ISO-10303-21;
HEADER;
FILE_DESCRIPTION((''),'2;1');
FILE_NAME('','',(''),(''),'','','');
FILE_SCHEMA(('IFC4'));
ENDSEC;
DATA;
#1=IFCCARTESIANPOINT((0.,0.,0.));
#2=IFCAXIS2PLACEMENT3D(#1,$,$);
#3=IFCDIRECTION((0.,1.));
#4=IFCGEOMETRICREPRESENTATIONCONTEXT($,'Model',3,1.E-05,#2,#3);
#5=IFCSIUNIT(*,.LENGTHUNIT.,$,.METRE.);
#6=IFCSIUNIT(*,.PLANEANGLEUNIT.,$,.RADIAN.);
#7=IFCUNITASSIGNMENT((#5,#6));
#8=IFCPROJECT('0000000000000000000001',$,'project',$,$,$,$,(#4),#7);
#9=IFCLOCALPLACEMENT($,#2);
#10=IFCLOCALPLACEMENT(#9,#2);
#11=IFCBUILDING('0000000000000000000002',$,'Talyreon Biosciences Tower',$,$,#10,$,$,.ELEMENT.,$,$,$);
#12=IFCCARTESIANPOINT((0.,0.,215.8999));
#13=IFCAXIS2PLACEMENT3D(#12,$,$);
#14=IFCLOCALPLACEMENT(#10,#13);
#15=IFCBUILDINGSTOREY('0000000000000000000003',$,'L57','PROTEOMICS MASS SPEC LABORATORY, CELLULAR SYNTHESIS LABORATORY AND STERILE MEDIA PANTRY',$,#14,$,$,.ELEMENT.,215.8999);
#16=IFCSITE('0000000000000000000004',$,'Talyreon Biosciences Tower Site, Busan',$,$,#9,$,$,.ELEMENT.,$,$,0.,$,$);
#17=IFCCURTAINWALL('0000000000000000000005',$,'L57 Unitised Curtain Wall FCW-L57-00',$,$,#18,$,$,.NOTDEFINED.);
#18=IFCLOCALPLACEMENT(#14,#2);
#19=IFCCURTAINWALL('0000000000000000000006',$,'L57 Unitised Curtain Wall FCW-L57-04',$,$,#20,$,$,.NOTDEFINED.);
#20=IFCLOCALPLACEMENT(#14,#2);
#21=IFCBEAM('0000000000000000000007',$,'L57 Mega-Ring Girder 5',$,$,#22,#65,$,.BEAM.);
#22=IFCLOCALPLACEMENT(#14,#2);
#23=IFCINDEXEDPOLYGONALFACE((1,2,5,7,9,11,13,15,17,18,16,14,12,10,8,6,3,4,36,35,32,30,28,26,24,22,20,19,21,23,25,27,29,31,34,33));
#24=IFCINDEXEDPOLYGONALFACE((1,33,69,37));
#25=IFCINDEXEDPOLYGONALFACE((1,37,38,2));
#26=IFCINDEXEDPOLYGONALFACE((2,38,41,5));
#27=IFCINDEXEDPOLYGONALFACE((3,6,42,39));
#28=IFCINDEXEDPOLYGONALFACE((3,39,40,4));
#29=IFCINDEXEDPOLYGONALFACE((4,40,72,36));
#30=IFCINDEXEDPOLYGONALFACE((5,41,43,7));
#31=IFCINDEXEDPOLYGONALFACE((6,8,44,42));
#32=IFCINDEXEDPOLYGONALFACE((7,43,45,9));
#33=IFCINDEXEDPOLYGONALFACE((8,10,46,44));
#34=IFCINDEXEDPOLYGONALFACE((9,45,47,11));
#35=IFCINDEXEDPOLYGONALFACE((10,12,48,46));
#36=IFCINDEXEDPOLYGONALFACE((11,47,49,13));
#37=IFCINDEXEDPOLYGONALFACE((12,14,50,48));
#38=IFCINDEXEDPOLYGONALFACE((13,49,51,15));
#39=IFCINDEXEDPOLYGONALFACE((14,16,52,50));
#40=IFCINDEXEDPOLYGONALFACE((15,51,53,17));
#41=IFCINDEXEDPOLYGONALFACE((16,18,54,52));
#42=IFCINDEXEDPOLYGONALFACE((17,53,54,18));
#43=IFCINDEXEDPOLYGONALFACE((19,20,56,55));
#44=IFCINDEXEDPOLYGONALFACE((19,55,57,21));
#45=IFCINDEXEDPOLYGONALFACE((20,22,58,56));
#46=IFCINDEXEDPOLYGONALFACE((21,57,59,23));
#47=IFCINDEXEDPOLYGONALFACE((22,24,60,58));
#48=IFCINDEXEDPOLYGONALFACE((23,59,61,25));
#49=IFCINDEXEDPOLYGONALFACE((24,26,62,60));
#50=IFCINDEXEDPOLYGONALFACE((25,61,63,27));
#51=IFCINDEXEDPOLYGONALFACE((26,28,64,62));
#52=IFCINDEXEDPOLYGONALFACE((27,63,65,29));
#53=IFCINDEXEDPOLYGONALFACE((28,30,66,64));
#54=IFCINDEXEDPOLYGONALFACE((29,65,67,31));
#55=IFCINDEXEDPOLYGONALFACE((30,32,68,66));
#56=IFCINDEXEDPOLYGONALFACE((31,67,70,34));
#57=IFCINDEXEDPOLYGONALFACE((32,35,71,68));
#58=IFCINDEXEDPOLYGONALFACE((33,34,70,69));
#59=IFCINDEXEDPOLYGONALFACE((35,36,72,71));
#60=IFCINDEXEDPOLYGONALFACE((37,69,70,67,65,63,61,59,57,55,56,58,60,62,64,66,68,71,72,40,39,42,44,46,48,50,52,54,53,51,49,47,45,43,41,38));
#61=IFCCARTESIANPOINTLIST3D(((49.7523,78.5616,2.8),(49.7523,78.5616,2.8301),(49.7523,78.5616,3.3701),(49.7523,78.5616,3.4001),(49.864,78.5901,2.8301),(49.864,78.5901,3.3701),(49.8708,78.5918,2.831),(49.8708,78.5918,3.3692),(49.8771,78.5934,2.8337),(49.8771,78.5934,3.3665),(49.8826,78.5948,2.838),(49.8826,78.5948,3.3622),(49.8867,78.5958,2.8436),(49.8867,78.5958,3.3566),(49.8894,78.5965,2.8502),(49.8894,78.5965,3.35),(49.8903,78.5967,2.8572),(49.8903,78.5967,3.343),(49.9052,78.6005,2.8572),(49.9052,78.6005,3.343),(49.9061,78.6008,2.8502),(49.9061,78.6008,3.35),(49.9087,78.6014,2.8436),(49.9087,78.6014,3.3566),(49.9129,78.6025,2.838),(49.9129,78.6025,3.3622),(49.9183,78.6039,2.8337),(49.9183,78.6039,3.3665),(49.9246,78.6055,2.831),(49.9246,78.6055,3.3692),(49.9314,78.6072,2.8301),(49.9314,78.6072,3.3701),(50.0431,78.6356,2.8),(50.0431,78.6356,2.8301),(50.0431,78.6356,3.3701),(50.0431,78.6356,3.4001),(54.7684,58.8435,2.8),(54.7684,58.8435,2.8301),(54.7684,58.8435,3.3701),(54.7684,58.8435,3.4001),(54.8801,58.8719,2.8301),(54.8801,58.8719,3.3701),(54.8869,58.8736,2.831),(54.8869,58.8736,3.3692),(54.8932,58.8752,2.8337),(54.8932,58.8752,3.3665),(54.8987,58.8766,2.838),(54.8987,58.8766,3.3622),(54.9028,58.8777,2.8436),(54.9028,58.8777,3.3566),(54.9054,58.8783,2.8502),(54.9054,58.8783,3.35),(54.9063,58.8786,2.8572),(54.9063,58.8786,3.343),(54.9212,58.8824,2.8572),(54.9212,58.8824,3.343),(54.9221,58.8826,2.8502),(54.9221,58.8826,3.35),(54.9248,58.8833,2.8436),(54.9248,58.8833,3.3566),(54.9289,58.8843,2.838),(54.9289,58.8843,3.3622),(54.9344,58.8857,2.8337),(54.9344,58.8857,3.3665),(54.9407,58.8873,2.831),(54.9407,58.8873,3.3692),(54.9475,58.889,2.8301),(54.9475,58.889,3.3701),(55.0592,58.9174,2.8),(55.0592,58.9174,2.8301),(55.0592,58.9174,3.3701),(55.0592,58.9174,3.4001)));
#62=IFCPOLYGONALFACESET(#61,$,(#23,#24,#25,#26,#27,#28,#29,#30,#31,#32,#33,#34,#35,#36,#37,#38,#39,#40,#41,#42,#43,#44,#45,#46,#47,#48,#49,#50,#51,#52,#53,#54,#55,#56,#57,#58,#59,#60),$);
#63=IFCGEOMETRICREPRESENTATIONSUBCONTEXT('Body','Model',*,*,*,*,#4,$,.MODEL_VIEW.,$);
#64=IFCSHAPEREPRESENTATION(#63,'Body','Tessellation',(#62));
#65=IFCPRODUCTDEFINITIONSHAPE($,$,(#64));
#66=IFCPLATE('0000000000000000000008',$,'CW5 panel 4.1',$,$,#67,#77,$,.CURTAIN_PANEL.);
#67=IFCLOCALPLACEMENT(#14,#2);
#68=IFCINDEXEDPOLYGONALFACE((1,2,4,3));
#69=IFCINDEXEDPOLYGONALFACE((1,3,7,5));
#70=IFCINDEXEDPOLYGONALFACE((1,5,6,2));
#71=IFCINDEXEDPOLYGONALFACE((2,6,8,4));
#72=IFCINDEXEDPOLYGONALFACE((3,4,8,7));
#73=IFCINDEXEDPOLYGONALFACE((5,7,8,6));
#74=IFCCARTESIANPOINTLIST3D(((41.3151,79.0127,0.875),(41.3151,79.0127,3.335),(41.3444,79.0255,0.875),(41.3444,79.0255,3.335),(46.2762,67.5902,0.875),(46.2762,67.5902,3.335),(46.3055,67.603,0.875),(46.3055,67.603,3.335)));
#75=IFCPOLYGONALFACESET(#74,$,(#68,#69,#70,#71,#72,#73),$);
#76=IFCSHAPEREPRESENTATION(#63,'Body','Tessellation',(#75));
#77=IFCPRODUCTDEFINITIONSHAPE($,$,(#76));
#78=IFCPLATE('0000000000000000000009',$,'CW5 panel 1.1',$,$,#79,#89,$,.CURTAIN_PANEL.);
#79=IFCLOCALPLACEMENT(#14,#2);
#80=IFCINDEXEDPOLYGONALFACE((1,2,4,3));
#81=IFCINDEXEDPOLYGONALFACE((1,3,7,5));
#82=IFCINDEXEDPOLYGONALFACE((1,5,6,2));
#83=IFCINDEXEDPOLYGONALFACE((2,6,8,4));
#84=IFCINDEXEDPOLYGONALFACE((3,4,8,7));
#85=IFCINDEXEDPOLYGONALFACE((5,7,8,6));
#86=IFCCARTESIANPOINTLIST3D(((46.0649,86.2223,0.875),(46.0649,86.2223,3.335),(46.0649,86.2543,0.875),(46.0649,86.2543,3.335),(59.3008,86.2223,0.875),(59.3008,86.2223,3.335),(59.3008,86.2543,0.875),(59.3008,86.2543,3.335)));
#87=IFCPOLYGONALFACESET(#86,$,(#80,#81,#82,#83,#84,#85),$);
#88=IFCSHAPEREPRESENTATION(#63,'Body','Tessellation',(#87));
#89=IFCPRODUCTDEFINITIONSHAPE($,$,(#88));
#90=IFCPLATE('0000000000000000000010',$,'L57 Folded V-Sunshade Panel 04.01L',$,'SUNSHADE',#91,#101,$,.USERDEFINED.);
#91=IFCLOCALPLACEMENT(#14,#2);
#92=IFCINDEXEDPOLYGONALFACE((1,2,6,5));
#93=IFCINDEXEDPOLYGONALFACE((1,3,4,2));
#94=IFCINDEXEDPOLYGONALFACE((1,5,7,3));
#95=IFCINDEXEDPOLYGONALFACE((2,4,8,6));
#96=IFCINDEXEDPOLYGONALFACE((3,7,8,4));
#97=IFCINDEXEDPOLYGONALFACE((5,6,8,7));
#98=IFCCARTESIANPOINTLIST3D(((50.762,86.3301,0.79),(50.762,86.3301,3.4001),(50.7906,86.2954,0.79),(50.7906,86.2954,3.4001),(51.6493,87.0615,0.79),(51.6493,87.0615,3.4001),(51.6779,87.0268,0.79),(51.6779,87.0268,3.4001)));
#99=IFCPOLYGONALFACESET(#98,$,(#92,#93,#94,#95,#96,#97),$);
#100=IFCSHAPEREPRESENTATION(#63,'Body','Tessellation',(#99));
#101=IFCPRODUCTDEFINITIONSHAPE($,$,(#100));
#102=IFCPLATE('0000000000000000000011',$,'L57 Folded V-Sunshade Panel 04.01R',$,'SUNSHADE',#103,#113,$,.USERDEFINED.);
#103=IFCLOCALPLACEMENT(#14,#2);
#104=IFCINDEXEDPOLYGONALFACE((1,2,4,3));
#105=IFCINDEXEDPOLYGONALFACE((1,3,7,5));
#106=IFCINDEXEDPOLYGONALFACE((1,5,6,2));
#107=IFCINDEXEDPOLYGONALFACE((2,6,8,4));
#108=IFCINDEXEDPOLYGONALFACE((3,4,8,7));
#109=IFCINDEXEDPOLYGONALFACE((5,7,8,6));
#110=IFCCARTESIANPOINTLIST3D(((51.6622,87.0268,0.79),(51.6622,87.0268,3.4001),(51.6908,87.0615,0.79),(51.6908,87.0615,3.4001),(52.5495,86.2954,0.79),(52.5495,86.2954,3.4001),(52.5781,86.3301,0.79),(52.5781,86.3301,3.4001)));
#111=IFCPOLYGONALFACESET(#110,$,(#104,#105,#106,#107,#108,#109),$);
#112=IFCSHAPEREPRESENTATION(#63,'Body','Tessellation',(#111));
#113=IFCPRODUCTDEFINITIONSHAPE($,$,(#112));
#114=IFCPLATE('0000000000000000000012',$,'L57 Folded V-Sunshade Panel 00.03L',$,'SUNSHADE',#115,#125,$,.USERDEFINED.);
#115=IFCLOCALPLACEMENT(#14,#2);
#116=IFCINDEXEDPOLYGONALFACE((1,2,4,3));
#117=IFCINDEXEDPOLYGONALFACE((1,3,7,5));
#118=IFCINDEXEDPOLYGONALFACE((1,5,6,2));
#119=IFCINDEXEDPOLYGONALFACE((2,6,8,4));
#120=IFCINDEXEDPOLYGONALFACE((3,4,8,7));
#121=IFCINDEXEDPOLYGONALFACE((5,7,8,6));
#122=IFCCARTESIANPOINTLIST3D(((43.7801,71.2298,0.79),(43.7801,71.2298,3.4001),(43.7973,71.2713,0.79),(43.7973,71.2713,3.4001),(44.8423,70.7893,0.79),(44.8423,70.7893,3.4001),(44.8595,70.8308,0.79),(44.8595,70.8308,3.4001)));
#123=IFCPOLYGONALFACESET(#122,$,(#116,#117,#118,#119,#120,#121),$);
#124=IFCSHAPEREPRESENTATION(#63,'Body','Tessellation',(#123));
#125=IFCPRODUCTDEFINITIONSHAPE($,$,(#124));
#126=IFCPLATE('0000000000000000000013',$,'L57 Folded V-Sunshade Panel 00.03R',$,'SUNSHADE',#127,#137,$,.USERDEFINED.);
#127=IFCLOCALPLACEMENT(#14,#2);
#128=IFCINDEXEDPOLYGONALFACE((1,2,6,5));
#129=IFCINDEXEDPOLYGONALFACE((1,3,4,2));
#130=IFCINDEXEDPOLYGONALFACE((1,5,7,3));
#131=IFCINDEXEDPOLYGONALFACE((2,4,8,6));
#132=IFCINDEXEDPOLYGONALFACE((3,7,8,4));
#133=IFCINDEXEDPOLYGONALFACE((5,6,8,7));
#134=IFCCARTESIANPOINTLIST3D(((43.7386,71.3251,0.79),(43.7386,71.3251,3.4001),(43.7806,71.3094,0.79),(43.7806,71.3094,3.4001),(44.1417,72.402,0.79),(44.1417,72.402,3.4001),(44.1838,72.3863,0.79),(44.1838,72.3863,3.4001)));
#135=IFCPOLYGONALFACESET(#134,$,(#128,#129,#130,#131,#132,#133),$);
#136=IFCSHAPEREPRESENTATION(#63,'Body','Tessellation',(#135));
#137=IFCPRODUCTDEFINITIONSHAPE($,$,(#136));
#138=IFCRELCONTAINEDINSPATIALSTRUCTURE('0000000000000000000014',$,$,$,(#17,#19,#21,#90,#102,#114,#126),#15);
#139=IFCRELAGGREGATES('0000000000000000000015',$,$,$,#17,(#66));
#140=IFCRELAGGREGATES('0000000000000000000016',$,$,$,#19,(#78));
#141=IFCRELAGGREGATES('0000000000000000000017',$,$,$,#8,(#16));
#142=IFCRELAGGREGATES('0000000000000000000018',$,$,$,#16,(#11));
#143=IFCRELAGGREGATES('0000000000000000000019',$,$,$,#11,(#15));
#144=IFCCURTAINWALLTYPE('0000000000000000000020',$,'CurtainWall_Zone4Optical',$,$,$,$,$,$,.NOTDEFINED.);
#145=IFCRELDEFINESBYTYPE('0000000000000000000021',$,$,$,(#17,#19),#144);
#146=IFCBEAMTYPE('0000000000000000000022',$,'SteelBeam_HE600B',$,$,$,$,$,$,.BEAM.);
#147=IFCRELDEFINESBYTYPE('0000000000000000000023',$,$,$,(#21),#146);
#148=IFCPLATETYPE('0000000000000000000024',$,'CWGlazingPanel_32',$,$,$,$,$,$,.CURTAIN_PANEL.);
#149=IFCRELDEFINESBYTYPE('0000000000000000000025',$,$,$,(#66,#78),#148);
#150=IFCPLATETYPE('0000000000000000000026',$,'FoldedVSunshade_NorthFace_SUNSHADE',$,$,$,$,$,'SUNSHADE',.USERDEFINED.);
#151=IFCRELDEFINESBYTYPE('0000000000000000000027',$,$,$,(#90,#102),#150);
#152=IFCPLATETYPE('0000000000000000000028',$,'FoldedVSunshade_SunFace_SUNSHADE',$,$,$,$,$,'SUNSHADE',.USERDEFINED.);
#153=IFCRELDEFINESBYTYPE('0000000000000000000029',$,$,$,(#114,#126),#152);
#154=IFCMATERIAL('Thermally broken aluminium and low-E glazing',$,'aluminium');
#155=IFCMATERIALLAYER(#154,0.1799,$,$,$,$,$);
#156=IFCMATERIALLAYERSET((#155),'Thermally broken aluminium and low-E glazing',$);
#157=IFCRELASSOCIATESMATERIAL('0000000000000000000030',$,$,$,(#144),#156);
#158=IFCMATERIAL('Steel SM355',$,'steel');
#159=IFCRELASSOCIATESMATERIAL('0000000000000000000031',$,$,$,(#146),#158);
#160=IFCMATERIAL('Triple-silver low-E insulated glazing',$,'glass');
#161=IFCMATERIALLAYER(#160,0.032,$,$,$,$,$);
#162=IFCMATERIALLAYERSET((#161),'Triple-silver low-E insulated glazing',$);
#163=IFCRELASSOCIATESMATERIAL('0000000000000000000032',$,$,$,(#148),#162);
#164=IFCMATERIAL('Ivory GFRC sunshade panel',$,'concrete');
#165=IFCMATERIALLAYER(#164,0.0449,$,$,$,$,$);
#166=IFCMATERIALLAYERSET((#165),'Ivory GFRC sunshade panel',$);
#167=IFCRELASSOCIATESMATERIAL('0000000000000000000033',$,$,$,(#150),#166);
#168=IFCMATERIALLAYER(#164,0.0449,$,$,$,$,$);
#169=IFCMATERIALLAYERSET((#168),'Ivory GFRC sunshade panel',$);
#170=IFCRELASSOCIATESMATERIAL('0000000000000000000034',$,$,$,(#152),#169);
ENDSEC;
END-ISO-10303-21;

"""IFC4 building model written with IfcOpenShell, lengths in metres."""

from ifc_helpers import new_model, si_unit, direction, frame, origin, origin_2d, place, context, subcontext, project, spatial, rectangle, i_section, extrude, material, layer, layer_set, material_profile, profile_set, type_object, element, aggregate, save


model = new_model("IFC4")

# Units and contexts
model_context = context("Model", 3, precision=1e-05, world=origin(), true_north=direction((0.0, 1.0)))
body_context = subcontext(model_context, "Body", "Model", "MODEL_VIEW")
ifc_project = project(units=[si_unit("LENGTHUNIT", "METRE"), si_unit("PLANEANGLEUNIT", "RADIAN")], contexts=[model_context])

# Site, building, storey
site_placement = place(None, origin())
site = spatial("IfcSite", under=ifc_project, at=site_placement, Name="Talyreon Biosciences Tower Site, Busan", CompositionType="ELEMENT", RefElevation=0.0)
building_placement = place(site_placement, origin())
building = spatial("IfcBuilding", under=site, at=building_placement, Name="Talyreon Biosciences Tower", CompositionType="ELEMENT")
storey_placement = place(building_placement, frame((0.0, 0.0, 215.8999)))
storey = spatial("IfcBuildingStorey", under=building, at=storey_placement, Name="L57", Description="PROTEOMICS MASS SPEC LABORATORY, CELLULAR SYNTHESIS LABORATORY AND STERILE MEDIA PANTRY", CompositionType="ELEMENT", Elevation=215.8999)

# Curtain wall
ifc_material_1 = material(Name="Thermally broken aluminium and low-E glazing", Category="aluminium")
ifc_layer_1 = layer(ifc_material_1, 0.1799)
ifc_layer_set_1 = layer_set([ifc_layer_1], Name="Thermally broken aluminium and low-E glazing")
curtain_wall_type = type_object("IfcCurtainWallType", Name="CurtainWall_Zone4Optical", PredefinedType="NOTDEFINED", material=ifc_layer_set_1)
curtain_wall_1_placement = place(storey_placement, origin())
curtain_wall_1 = element("IfcCurtainWall", 1, at=curtain_wall_1_placement, inside=storey, type_object=curtain_wall_type, Name="L57 Unitised Curtain Wall FCW-L57-00", PredefinedType="NOTDEFINED")

# Curtain wall
curtain_wall_2_placement = place(storey_placement, origin())
curtain_wall_2 = element("IfcCurtainWall", 2, at=curtain_wall_2_placement, inside=storey, type_object=curtain_wall_type, Name="L57 Unitised Curtain Wall FCW-L57-04", PredefinedType="NOTDEFINED")

# Beam
ifc_material_2 = material(Name="Steel SM355", Category="steel")
ifc_material_profile_1 = material_profile(ifc_material_2, i_section(OverallWidth=0.3, OverallDepth=0.6001, WebThickness=0.0154, FlangeThickness=0.03, FilletRadius=0.0271, at=origin_2d()), Name="HE600B")
ifc_profile_set_1 = profile_set([ifc_material_profile_1], Name="Steel SM355")
beam_type_1 = type_object("IfcBeamType", Name="SteelBeam_HE600B", PredefinedType="BEAM", material=ifc_profile_set_1)
beam_1_placement = place(storey_placement, frame((49.8977, 78.5986, 3.1001), z_axis=(0.246537, -0.969133, 0.0), x_axis=(0.969133, 0.246537, 0.0)))
element("IfcBeam", 3, at=beam_1_placement, inside=storey, type_object=beam_type_1, Name="L57 Mega-Ring Girder 5", PredefinedType="BEAM", context=body_context, shape_type="SweptSolid", body=[
    extrude(i_section(OverallWidth=0.3, OverallDepth=0.6001, WebThickness=0.0154, FlangeThickness=0.03, FilletRadius=0.0271, at=origin_2d()), origin(), (0.0, 0.0, 1.0), 20.3462),
])

# Plates
ifc_material_3 = material(Name="Triple-silver low-E insulated glazing", Category="glass")
ifc_layer_2 = layer(ifc_material_3, 0.032)
ifc_layer_set_2 = layer_set([ifc_layer_2], Name="Triple-silver low-E insulated glazing")
plate_type_1 = type_object("IfcPlateType", Name="CWGlazingPanel_32", PredefinedType="CURTAIN_PANEL", material=ifc_layer_set_2)
plate_1_placement = place(storey_placement, frame((43.8103, 73.3079, 0.875), z_axis=(0.0, 0.0, 1.0), x_axis=(-0.398376, 0.917222, 0.0)))
plate_1 = element("IfcPlate", 4, at=plate_1_placement, type_object=plate_type_1, Name="CW5 panel 4.1", PredefinedType="CURTAIN_PANEL", context=body_context, shape_type="SweptSolid", body=[
    extrude(rectangle(XDim=12.4534, YDim=0.032, at=origin_2d()), origin(), (0.0, 0.0, 1.0), 2.46),
])
aggregate(curtain_wall_1, [plate_1])
plate_2_placement = place(storey_placement, frame((52.6829, 86.2383, 0.875), z_axis=(0.0, 0.0, 1.0), x_axis=(1.0, 0.0, 0.0)))
plate_2 = element("IfcPlate", 5, at=plate_2_placement, type_object=plate_type_1, Name="CW5 panel 1.1", PredefinedType="CURTAIN_PANEL", context=body_context, shape_type="SweptSolid", body=[
    extrude(rectangle(XDim=13.2358, YDim=0.032, at=origin_2d()), origin(), (0.0, 0.0, 1.0), 2.46),
])
aggregate(curtain_wall_2, [plate_2])

# Plates
ifc_material_4 = material(Name="Ivory GFRC sunshade panel", Category="concrete")
ifc_layer_3 = layer(ifc_material_4, 0.0449)
ifc_layer_set_3 = layer_set([ifc_layer_3], Name="Ivory GFRC sunshade panel")
plate_type_2 = type_object("IfcPlateType", Name="FoldedVSunshade_NorthFace_SUNSHADE", ElementType="SUNSHADE", PredefinedType="USERDEFINED", material=ifc_layer_set_3)
for number, where, z_axis, x_axis, name in (
    (6, (51.22, 86.6785, 0.79), (0.0, 0.0, 1.0), (0.771625, 0.636078, 0.0), "L57 Folded V-Sunshade Panel 04.01L"),
    (7, (52.1201, 86.6785, 0.79), (0.0, 0.0, 1.0), (0.771625, -0.636078, 0.0), "L57 Folded V-Sunshade Panel 04.01R"),
):
    element("IfcPlate", number, at=place(storey_placement, frame(where, z_axis=z_axis, x_axis=x_axis)), inside=storey, type_object=plate_type_2, Name=name, ObjectType="SUNSHADE", PredefinedType="USERDEFINED", context=body_context, shape_type="SweptSolid", body=[
        extrude(rectangle(XDim=1.1499, YDim=0.0449, at=origin_2d()), origin(), (0.0, 0.0, 1.0), 2.6101),
    ])
ifc_layer_4 = layer(ifc_material_4, 0.0449)
ifc_layer_set_4 = layer_set([ifc_layer_4], Name="Ivory GFRC sunshade panel")
plate_type_3 = type_object("IfcPlateType", Name="FoldedVSunshade_SunFace_SUNSHADE", ElementType="SUNSHADE", PredefinedType="USERDEFINED", material=ifc_layer_set_4)
for number, where, z_axis, x_axis, name in (
    (8, (44.3198, 71.0303, 0.79), (0.0, 0.0, 1.0), (-0.923726, 0.383054, 0.0), "L57 Folded V-Sunshade Panel 00.03L"),
    (9, (43.9612, 71.8557, 0.79), (0.0, 0.0, 1.0), (0.350583, 0.936532, 0.0), "L57 Folded V-Sunshade Panel 00.03R"),
):
    element("IfcPlate", number, at=place(storey_placement, frame(where, z_axis=z_axis, x_axis=x_axis)), inside=storey, type_object=plate_type_3, Name=name, ObjectType="SUNSHADE", PredefinedType="USERDEFINED", context=body_context, shape_type="SweptSolid", body=[
        extrude(rectangle(XDim=1.1499, YDim=0.0449, at=origin_2d()), origin(), (0.0, 0.0, 1.0), 2.6101),
    ])

save(model, "model.ifc")
